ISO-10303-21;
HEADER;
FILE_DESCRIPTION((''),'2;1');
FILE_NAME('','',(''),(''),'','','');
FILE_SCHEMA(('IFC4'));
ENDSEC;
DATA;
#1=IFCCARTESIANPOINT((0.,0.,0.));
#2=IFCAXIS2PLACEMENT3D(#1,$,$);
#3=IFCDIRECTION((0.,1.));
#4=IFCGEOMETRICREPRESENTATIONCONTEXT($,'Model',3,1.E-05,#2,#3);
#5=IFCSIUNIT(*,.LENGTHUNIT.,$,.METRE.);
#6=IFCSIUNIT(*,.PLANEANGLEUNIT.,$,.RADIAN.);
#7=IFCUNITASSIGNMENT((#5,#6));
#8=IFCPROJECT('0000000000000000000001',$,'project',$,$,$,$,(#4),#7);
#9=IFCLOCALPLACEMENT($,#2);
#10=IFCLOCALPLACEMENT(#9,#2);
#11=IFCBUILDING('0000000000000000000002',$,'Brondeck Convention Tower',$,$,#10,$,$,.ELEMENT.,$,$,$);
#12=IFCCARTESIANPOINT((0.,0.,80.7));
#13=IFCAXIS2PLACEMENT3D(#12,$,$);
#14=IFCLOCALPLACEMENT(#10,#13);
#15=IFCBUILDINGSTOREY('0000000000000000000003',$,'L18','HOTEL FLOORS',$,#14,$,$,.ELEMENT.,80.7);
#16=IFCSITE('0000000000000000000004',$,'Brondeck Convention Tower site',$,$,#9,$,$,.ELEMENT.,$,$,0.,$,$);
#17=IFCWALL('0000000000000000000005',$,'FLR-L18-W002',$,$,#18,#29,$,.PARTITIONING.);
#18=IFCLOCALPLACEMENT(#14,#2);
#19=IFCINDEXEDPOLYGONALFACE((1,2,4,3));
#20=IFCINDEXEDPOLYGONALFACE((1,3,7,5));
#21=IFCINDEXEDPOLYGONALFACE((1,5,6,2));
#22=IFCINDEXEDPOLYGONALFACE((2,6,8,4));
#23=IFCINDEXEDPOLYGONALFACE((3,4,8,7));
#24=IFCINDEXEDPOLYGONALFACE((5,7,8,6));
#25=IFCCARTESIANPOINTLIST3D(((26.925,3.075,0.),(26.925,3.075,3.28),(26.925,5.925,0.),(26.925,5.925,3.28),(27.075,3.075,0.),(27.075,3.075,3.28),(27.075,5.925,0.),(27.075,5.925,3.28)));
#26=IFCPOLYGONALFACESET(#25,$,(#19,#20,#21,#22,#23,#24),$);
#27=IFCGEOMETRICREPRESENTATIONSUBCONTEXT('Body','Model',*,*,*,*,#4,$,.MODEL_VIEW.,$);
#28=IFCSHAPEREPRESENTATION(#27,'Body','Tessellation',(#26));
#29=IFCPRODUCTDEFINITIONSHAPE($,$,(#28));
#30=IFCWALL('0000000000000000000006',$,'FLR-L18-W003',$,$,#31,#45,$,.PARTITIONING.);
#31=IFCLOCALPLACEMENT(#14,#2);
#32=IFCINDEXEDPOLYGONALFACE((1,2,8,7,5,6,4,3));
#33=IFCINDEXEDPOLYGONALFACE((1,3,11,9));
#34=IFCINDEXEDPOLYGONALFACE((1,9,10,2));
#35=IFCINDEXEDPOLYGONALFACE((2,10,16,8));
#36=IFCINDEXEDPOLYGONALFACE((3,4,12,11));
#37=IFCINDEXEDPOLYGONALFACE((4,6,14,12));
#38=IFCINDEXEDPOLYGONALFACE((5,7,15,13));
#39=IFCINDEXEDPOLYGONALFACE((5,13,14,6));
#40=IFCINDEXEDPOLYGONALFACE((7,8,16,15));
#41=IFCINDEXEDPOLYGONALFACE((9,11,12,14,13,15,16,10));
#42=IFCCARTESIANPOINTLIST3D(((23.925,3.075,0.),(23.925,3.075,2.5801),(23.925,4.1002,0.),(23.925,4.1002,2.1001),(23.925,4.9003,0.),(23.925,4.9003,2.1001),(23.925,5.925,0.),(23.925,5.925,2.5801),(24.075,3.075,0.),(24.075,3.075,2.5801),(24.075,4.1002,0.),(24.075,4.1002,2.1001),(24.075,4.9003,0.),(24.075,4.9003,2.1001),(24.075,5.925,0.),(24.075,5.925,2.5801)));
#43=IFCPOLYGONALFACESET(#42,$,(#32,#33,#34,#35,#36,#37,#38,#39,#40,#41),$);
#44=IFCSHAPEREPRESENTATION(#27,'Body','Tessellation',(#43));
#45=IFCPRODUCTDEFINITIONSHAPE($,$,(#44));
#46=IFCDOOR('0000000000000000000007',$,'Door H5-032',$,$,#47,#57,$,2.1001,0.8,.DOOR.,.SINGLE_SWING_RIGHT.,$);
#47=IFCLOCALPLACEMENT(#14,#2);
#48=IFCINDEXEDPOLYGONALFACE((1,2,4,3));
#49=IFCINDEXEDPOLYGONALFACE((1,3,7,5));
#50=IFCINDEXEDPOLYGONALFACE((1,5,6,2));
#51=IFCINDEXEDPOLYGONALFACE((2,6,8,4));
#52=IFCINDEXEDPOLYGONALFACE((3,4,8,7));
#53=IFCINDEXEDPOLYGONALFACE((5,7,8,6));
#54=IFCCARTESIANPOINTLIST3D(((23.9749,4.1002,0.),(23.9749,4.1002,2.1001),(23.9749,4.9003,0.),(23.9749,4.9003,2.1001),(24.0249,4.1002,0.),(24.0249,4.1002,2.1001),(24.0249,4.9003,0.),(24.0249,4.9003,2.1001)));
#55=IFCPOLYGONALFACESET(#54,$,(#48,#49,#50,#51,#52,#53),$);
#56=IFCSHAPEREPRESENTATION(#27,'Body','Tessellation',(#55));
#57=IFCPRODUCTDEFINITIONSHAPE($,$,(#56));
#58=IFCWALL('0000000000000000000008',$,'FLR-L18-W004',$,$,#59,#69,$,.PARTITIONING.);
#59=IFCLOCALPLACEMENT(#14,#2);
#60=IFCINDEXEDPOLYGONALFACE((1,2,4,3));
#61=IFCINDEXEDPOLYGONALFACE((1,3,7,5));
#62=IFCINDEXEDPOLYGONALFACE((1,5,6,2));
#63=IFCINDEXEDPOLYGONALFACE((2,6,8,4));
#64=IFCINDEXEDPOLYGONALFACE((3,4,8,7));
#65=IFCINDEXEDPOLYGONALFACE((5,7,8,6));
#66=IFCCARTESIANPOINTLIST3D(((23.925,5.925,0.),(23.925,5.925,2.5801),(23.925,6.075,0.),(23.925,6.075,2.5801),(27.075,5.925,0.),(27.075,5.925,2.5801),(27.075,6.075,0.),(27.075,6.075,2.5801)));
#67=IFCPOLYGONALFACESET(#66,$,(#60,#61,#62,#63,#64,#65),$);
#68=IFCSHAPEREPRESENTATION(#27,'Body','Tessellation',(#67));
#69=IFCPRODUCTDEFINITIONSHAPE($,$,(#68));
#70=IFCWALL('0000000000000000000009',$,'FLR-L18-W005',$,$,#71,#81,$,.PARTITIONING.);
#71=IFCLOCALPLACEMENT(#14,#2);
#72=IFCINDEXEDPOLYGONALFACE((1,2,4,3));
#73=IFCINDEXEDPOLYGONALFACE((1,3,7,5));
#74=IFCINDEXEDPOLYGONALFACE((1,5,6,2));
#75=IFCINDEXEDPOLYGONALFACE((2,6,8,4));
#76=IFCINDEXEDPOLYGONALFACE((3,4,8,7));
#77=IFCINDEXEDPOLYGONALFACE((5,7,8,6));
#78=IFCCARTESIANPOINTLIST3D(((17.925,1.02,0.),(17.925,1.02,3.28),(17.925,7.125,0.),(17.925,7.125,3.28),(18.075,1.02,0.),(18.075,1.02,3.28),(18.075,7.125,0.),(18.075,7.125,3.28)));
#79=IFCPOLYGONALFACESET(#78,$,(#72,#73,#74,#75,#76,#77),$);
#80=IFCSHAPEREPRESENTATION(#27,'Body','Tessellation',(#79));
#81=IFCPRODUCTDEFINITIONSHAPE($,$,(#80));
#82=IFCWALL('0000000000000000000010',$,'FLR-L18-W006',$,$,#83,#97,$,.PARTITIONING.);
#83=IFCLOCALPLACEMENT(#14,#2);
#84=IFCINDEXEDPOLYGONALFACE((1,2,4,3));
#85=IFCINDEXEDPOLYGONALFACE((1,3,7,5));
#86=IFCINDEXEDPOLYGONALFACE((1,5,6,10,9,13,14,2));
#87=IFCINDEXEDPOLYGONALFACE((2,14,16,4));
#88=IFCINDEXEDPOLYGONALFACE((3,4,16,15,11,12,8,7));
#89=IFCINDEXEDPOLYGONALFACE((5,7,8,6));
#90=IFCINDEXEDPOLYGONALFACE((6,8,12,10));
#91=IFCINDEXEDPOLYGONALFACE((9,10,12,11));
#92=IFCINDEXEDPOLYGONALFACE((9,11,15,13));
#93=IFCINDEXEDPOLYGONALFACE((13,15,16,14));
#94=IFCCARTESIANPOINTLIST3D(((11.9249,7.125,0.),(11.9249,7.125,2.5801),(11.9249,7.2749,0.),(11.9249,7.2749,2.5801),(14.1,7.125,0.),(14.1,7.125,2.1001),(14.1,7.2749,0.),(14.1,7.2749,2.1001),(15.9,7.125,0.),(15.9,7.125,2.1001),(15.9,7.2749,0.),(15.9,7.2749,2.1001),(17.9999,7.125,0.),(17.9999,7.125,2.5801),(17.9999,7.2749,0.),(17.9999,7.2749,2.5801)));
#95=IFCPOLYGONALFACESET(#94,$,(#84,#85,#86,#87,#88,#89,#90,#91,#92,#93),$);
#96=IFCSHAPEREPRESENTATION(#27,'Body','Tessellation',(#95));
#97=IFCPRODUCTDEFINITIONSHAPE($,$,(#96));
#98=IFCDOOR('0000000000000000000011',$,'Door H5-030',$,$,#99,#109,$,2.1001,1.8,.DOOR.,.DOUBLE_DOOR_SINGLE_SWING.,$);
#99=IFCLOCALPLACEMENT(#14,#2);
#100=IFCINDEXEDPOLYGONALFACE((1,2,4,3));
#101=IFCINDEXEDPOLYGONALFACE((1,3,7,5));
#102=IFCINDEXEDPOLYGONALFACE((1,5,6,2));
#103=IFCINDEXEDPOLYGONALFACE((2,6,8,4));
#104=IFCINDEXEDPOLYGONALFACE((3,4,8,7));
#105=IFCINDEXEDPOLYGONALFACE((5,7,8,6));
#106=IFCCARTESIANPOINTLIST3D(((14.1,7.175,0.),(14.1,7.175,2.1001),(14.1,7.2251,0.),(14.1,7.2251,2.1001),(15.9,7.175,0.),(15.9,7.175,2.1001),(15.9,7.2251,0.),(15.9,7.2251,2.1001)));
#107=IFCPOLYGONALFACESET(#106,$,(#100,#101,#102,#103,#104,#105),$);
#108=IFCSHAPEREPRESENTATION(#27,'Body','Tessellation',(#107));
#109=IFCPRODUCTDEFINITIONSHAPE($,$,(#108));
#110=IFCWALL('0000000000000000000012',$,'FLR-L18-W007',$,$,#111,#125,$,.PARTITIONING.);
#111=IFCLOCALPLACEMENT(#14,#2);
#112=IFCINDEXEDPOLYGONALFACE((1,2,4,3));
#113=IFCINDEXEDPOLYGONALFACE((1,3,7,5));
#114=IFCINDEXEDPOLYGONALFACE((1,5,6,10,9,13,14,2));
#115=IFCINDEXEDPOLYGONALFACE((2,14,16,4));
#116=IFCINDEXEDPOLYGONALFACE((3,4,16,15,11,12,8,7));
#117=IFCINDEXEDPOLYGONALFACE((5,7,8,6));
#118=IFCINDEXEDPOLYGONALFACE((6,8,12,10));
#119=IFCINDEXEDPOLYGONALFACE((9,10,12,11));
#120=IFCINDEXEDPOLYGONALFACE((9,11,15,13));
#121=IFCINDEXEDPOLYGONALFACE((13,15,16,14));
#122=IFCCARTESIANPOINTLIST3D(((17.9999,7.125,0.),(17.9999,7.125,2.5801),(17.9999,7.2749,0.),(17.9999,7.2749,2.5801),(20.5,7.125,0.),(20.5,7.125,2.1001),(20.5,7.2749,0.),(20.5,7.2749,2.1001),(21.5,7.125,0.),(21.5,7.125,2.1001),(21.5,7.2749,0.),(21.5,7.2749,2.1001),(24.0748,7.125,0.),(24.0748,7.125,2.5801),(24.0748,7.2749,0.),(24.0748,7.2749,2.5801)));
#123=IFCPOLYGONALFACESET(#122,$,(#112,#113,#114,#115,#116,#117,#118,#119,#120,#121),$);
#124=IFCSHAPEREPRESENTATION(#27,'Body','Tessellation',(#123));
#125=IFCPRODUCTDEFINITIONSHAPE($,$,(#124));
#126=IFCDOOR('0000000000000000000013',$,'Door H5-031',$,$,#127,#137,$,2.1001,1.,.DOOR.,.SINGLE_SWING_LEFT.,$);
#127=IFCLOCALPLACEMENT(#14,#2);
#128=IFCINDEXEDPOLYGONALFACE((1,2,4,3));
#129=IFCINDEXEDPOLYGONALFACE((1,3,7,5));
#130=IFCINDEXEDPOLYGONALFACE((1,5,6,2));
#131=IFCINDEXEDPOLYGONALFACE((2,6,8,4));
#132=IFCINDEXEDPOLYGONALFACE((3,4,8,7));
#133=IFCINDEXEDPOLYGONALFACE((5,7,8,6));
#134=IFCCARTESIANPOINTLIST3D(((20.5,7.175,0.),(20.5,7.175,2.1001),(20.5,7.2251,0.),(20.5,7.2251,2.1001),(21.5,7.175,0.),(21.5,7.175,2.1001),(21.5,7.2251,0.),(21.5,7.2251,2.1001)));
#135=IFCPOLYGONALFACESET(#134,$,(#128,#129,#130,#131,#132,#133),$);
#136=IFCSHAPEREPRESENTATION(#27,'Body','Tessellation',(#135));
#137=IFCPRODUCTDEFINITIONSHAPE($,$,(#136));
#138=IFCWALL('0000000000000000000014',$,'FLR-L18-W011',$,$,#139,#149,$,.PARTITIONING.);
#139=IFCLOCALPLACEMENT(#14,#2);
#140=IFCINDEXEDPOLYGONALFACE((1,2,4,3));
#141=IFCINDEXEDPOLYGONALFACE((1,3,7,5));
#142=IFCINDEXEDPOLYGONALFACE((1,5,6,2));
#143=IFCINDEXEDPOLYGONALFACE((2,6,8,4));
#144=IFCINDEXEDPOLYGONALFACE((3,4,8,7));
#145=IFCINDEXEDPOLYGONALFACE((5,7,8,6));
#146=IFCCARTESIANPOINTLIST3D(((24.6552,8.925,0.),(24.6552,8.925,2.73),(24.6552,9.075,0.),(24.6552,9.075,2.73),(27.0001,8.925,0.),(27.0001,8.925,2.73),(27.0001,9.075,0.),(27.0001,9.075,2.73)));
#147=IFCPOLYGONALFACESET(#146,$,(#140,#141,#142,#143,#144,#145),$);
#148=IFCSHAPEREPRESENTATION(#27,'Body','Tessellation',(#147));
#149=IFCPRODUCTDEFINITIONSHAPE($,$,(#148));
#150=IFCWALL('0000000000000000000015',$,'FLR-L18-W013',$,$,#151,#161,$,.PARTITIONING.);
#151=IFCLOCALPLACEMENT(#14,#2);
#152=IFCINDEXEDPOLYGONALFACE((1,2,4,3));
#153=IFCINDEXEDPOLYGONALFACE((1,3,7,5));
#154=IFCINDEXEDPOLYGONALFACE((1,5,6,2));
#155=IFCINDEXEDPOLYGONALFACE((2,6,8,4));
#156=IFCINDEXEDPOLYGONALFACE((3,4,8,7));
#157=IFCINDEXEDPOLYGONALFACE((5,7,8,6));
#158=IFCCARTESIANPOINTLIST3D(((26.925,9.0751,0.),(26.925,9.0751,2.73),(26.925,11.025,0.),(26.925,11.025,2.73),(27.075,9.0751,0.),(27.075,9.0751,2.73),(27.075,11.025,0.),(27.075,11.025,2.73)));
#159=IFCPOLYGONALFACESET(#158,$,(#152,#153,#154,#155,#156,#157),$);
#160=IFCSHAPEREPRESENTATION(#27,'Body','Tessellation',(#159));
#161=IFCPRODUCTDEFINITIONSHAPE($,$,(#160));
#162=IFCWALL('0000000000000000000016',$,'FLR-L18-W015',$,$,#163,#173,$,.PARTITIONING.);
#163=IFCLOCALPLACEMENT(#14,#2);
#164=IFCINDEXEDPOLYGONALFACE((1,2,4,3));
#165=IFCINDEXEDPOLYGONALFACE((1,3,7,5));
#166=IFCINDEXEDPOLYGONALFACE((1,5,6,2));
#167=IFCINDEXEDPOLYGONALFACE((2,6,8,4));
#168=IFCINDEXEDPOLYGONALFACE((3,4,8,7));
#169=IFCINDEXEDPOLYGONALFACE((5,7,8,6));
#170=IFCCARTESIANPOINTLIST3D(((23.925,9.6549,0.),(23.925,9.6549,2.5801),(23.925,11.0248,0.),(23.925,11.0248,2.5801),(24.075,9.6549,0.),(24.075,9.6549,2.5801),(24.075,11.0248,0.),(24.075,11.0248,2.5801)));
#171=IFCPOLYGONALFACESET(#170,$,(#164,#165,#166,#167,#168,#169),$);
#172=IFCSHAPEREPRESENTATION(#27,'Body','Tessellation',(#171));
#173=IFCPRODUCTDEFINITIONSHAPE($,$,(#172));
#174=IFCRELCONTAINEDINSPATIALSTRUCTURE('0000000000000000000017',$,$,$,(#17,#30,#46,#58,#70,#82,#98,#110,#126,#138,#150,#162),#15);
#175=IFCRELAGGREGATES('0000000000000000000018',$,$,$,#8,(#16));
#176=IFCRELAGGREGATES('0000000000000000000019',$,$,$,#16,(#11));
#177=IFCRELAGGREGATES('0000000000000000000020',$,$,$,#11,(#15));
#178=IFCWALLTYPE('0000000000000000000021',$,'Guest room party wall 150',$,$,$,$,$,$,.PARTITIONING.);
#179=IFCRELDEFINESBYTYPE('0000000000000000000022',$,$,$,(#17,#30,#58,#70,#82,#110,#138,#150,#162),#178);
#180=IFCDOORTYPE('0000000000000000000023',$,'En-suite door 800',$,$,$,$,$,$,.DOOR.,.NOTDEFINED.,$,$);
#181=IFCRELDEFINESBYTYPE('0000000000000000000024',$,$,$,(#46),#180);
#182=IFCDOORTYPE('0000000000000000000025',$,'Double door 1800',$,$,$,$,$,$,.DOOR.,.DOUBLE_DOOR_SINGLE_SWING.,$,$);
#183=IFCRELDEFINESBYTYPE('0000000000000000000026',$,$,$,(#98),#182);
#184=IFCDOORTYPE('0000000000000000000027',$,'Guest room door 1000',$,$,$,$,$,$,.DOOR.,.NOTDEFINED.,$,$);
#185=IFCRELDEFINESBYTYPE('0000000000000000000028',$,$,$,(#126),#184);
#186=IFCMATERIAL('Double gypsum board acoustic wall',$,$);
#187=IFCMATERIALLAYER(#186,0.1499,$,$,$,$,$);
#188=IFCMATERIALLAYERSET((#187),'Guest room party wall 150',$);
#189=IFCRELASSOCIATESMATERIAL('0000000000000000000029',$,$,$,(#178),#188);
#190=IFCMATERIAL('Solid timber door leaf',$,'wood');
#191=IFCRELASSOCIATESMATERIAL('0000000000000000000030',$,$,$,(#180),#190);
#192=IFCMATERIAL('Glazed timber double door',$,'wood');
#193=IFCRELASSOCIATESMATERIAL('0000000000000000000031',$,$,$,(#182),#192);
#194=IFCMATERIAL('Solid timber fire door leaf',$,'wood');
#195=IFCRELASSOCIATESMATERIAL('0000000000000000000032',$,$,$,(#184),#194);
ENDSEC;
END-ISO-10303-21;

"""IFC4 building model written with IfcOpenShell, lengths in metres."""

from ifc_helpers import new_model, si_unit, direction, frame, frame_2d, origin, place, context, subcontext, project, spatial, rectangle, extrude, material, layer, layer_set, type_object, element, fill, save


model = new_model("IFC4")

# Units and contexts
model_context = context("Model", 3, precision=1e-05, world=origin(), true_north=direction((0.0, 1.0)))
body_context = subcontext(model_context, "Body", "Model", "MODEL_VIEW")
ifc_project = project(units=[si_unit("LENGTHUNIT", "METRE"), si_unit("PLANEANGLEUNIT", "RADIAN")], contexts=[model_context])

# Site, building, storey
site_placement = place(None, origin())
site = spatial("IfcSite", under=ifc_project, at=site_placement, Name="Brondeck Convention Tower site", CompositionType="ELEMENT", RefElevation=0.0)
building_placement = place(site_placement, origin())
building = spatial("IfcBuilding", under=site, at=building_placement, Name="Brondeck Convention Tower", CompositionType="ELEMENT")
storey_placement = place(building_placement, frame((0.0, 0.0, 80.7)))
storey = spatial("IfcBuildingStorey", under=building, at=storey_placement, Name="L18", Description="HOTEL FLOORS", CompositionType="ELEMENT", Elevation=80.7)

# Wall
ifc_material_1 = material(Name="Double gypsum board acoustic wall")
ifc_layer_1 = layer(ifc_material_1, 0.1499)
ifc_layer_set_1 = layer_set([ifc_layer_1], Name="Guest room party wall 150")
wall_type_1 = type_object("IfcWallType", Name="Guest room party wall 150", PredefinedType="PARTITIONING", material=ifc_layer_set_1)
wall_1_placement = place(storey_placement, frame((27.0, 3.075, 0.0), z_axis=(0.0, 0.0, 1.0), x_axis=(0.0, 1.0, 0.0)))
element("IfcWall", 1, at=wall_1_placement, inside=storey, type_object=wall_type_1, Name="FLR-L18-W002", PredefinedType="PARTITIONING", context=body_context, shape_type="SweptSolid", body=[
    extrude(rectangle(XDim=2.8501, YDim=0.1499, at=frame_2d((1.425, 0.0))), origin(), (0.0, 0.0, 1.0), 3.28),
])

# Wall, opening, door
wall_2_placement = place(storey_placement, frame((24.0, 5.925, 0.0), z_axis=(0.0, 0.0, 1.0), x_axis=(0.0, -1.0, 0.0)))
wall_2 = element("IfcWall", 2, at=wall_2_placement, inside=storey, type_object=wall_type_1, Name="FLR-L18-W003", PredefinedType="PARTITIONING", context=body_context, shape_type="SweptSolid", body=[
    extrude(rectangle(XDim=2.8501, YDim=0.1499, at=frame_2d((1.425, 0.0))), origin(), (0.0, 0.0, 1.0), 2.5801),
])
opening_1_placement = place(wall_2_placement, frame((1.0249, 0.0, 0.0)))
opening_1 = element("IfcOpeningElement", 3, at=opening_1_placement, cuts=wall_2, PredefinedType="OPENING", context=body_context, shape_type="SweptSolid", body=[
    extrude(rectangle(XDim=0.8, YDim=2.1001, at=frame_2d((0.3999, 1.05))), frame((0.0, 0.085, 0.0), z_axis=(0.0, -1.0, 0.0), x_axis=(1.0, 0.0, 0.0)), (0.0, 0.0, 1.0), 0.1699),
])
ifc_material_2 = material(Name="Solid timber door leaf", Category="wood")
door_type_1 = type_object("IfcDoorType", Name="En-suite door 800", OperationType="NOTDEFINED", PredefinedType="DOOR", material=ifc_material_2)
door_1_placement = place(opening_1_placement, origin())
door_1 = element("IfcDoor", 4, at=door_1_placement, inside=storey, type_object=door_type_1, Name="Door H5-032", OperationType="SINGLE_SWING_RIGHT", OverallHeight=2.1001, OverallWidth=0.8, PredefinedType="DOOR", context=body_context, shape_type="SweptSolid", body=[
    extrude(rectangle(XDim=0.8, YDim=2.1001, at=frame_2d((0.3999, 1.05))), frame((0.0, 0.0249, 0.0), z_axis=(0.0, -1.0, 0.0), x_axis=(1.0, 0.0, 0.0)), (0.0, 0.0, 1.0), 0.05),
])
fill(opening_1, door_1)

# Walls
wall_3_placement = place(storey_placement, frame((27.075, 6.0, 0.0), z_axis=(0.0, 0.0, 1.0), x_axis=(-1.0, 0.0, 0.0)))
element("IfcWall", 5, at=wall_3_placement, inside=storey, type_object=wall_type_1, Name="FLR-L18-W004", PredefinedType="PARTITIONING", context=body_context, shape_type="SweptSolid", body=[
    extrude(rectangle(XDim=3.1499, YDim=0.1499, at=frame_2d((1.575, 0.0))), origin(), (0.0, 0.0, 1.0), 2.5801),
])
wall_4_placement = place(storey_placement, frame((18.0, 7.125, 0.0), z_axis=(0.0, 0.0, 1.0), x_axis=(0.0, -1.0, 0.0)))
element("IfcWall", 6, at=wall_4_placement, inside=storey, type_object=wall_type_1, Name="FLR-L18-W005", PredefinedType="PARTITIONING", context=body_context, shape_type="SweptSolid", body=[
    extrude(rectangle(XDim=6.105, YDim=0.1499, at=frame_2d((3.0525, 0.0))), origin(), (0.0, 0.0, 1.0), 3.28),
])

# Walls, openings, doors
wall_5_placement = place(storey_placement, frame((18.0, 7.2, 0.0), z_axis=(0.0, 0.0, 1.0), x_axis=(-1.0, 0.0, 0.0)))
wall_5 = element("IfcWall", 7, at=wall_5_placement, inside=storey, type_object=wall_type_1, Name="FLR-L18-W006", PredefinedType="PARTITIONING", context=body_context, shape_type="SweptSolid", body=[
    extrude(rectangle(XDim=6.075, YDim=0.1499, at=frame_2d((3.0376, 0.0))), origin(), (0.0, 0.0, 1.0), 2.5801),
])
opening_2_placement = place(wall_5_placement, frame((2.1001, 0.0, 0.0)))
opening_2 = element("IfcOpeningElement", 8, at=opening_2_placement, cuts=wall_5, PredefinedType="OPENING", context=body_context, shape_type="SweptSolid", body=[
    extrude(rectangle(XDim=1.8, YDim=2.1001, at=frame_2d((0.8999, 1.05))), frame((0.0, 0.085, 0.0), z_axis=(0.0, -1.0, 0.0), x_axis=(1.0, 0.0, 0.0)), (0.0, 0.0, 1.0), 0.1699),
])
ifc_material_3 = material(Name="Glazed timber double door", Category="wood")
door_type_2 = type_object("IfcDoorType", Name="Double door 1800", OperationType="DOUBLE_DOOR_SINGLE_SWING", PredefinedType="DOOR", material=ifc_material_3)
door_2_placement = place(opening_2_placement, origin())
door_2 = element("IfcDoor", 9, at=door_2_placement, inside=storey, type_object=door_type_2, Name="Door H5-030", OperationType="DOUBLE_DOOR_SINGLE_SWING", OverallHeight=2.1001, OverallWidth=1.8, PredefinedType="DOOR", context=body_context, shape_type="SweptSolid", body=[
    extrude(rectangle(XDim=1.8, YDim=2.1001, at=frame_2d((0.8999, 1.05))), frame((0.0, 0.0249, 0.0), z_axis=(0.0, -1.0, 0.0), x_axis=(1.0, 0.0, 0.0)), (0.0, 0.0, 1.0), 0.05),
])
fill(opening_2, door_2)
wall_6_placement = place(storey_placement, frame((24.075, 7.2, 0.0), z_axis=(0.0, 0.0, 1.0), x_axis=(-1.0, 0.0, 0.0)))
wall_6 = element("IfcWall", 10, at=wall_6_placement, inside=storey, type_object=wall_type_1, Name="FLR-L18-W007", PredefinedType="PARTITIONING", context=body_context, shape_type="SweptSolid", body=[
    extrude(rectangle(XDim=6.075, YDim=0.1499, at=frame_2d((3.0376, 0.0))), origin(), (0.0, 0.0, 1.0), 2.5801),
])
opening_3_placement = place(wall_6_placement, frame((2.575, 0.0, 0.0)))
opening_3 = element("IfcOpeningElement", 11, at=opening_3_placement, cuts=wall_6, PredefinedType="OPENING", context=body_context, shape_type="SweptSolid", body=[
    extrude(rectangle(XDim=1.0, YDim=2.1001, at=frame_2d((0.5, 1.05))), frame((0.0, 0.085, 0.0), z_axis=(0.0, -1.0, 0.0), x_axis=(1.0, 0.0, 0.0)), (0.0, 0.0, 1.0), 0.1699),
])
ifc_material_4 = material(Name="Solid timber fire door leaf", Category="wood")
door_type_3 = type_object("IfcDoorType", Name="Guest room door 1000", OperationType="NOTDEFINED", PredefinedType="DOOR", material=ifc_material_4)
door_3_placement = place(opening_3_placement, origin())
door_3 = element("IfcDoor", 12, at=door_3_placement, inside=storey, type_object=door_type_3, Name="Door H5-031", OperationType="SINGLE_SWING_LEFT", OverallHeight=2.1001, OverallWidth=1.0, PredefinedType="DOOR", context=body_context, shape_type="SweptSolid", body=[
    extrude(rectangle(XDim=1.0, YDim=2.1001, at=frame_2d((0.5, 1.05))), frame((0.0, 0.0249, 0.0), z_axis=(0.0, -1.0, 0.0), x_axis=(1.0, 0.0, 0.0)), (0.0, 0.0, 1.0), 0.05),
])
fill(opening_3, door_3)

# Walls
wall_7_placement = place(storey_placement, frame((27.0, 9.0, 0.0), z_axis=(0.0, 0.0, 1.0), x_axis=(-1.0, 0.0, 0.0)))
element("IfcWall", 13, at=wall_7_placement, inside=storey, type_object=wall_type_1, Name="FLR-L18-W011", PredefinedType="PARTITIONING", context=body_context, shape_type="SweptSolid", body=[
    extrude(rectangle(XDim=2.345, YDim=0.1499, at=frame_2d((1.1724, 0.0))), origin(), (0.0, 0.0, 1.0), 2.73),
])
wall_8_placement = place(storey_placement, frame((27.0, 9.075, 0.0), z_axis=(0.0, 0.0, 1.0), x_axis=(0.0, 1.0, 0.0)))
element("IfcWall", 14, at=wall_8_placement, inside=storey, type_object=wall_type_1, Name="FLR-L18-W013", PredefinedType="PARTITIONING", context=body_context, shape_type="SweptSolid", body=[
    extrude(rectangle(XDim=1.95, YDim=0.1499, at=frame_2d((0.9751, 0.0))), origin(), (0.0, 0.0, 1.0), 2.73),
])
wall_9_placement = place(storey_placement, frame((24.0, 11.0249, 0.0), z_axis=(0.0, 0.0, 1.0), x_axis=(0.0, -1.0, 0.0)))
element("IfcWall", 15, at=wall_9_placement, inside=storey, type_object=wall_type_1, Name="FLR-L18-W015", PredefinedType="PARTITIONING", context=body_context, shape_type="SweptSolid", body=[
    extrude(rectangle(XDim=1.3699, YDim=0.1499, at=frame_2d((0.6851, 0.0))), origin(), (0.0, 0.0, 1.0), 2.5801),
])

save(model, "model.ifc")
